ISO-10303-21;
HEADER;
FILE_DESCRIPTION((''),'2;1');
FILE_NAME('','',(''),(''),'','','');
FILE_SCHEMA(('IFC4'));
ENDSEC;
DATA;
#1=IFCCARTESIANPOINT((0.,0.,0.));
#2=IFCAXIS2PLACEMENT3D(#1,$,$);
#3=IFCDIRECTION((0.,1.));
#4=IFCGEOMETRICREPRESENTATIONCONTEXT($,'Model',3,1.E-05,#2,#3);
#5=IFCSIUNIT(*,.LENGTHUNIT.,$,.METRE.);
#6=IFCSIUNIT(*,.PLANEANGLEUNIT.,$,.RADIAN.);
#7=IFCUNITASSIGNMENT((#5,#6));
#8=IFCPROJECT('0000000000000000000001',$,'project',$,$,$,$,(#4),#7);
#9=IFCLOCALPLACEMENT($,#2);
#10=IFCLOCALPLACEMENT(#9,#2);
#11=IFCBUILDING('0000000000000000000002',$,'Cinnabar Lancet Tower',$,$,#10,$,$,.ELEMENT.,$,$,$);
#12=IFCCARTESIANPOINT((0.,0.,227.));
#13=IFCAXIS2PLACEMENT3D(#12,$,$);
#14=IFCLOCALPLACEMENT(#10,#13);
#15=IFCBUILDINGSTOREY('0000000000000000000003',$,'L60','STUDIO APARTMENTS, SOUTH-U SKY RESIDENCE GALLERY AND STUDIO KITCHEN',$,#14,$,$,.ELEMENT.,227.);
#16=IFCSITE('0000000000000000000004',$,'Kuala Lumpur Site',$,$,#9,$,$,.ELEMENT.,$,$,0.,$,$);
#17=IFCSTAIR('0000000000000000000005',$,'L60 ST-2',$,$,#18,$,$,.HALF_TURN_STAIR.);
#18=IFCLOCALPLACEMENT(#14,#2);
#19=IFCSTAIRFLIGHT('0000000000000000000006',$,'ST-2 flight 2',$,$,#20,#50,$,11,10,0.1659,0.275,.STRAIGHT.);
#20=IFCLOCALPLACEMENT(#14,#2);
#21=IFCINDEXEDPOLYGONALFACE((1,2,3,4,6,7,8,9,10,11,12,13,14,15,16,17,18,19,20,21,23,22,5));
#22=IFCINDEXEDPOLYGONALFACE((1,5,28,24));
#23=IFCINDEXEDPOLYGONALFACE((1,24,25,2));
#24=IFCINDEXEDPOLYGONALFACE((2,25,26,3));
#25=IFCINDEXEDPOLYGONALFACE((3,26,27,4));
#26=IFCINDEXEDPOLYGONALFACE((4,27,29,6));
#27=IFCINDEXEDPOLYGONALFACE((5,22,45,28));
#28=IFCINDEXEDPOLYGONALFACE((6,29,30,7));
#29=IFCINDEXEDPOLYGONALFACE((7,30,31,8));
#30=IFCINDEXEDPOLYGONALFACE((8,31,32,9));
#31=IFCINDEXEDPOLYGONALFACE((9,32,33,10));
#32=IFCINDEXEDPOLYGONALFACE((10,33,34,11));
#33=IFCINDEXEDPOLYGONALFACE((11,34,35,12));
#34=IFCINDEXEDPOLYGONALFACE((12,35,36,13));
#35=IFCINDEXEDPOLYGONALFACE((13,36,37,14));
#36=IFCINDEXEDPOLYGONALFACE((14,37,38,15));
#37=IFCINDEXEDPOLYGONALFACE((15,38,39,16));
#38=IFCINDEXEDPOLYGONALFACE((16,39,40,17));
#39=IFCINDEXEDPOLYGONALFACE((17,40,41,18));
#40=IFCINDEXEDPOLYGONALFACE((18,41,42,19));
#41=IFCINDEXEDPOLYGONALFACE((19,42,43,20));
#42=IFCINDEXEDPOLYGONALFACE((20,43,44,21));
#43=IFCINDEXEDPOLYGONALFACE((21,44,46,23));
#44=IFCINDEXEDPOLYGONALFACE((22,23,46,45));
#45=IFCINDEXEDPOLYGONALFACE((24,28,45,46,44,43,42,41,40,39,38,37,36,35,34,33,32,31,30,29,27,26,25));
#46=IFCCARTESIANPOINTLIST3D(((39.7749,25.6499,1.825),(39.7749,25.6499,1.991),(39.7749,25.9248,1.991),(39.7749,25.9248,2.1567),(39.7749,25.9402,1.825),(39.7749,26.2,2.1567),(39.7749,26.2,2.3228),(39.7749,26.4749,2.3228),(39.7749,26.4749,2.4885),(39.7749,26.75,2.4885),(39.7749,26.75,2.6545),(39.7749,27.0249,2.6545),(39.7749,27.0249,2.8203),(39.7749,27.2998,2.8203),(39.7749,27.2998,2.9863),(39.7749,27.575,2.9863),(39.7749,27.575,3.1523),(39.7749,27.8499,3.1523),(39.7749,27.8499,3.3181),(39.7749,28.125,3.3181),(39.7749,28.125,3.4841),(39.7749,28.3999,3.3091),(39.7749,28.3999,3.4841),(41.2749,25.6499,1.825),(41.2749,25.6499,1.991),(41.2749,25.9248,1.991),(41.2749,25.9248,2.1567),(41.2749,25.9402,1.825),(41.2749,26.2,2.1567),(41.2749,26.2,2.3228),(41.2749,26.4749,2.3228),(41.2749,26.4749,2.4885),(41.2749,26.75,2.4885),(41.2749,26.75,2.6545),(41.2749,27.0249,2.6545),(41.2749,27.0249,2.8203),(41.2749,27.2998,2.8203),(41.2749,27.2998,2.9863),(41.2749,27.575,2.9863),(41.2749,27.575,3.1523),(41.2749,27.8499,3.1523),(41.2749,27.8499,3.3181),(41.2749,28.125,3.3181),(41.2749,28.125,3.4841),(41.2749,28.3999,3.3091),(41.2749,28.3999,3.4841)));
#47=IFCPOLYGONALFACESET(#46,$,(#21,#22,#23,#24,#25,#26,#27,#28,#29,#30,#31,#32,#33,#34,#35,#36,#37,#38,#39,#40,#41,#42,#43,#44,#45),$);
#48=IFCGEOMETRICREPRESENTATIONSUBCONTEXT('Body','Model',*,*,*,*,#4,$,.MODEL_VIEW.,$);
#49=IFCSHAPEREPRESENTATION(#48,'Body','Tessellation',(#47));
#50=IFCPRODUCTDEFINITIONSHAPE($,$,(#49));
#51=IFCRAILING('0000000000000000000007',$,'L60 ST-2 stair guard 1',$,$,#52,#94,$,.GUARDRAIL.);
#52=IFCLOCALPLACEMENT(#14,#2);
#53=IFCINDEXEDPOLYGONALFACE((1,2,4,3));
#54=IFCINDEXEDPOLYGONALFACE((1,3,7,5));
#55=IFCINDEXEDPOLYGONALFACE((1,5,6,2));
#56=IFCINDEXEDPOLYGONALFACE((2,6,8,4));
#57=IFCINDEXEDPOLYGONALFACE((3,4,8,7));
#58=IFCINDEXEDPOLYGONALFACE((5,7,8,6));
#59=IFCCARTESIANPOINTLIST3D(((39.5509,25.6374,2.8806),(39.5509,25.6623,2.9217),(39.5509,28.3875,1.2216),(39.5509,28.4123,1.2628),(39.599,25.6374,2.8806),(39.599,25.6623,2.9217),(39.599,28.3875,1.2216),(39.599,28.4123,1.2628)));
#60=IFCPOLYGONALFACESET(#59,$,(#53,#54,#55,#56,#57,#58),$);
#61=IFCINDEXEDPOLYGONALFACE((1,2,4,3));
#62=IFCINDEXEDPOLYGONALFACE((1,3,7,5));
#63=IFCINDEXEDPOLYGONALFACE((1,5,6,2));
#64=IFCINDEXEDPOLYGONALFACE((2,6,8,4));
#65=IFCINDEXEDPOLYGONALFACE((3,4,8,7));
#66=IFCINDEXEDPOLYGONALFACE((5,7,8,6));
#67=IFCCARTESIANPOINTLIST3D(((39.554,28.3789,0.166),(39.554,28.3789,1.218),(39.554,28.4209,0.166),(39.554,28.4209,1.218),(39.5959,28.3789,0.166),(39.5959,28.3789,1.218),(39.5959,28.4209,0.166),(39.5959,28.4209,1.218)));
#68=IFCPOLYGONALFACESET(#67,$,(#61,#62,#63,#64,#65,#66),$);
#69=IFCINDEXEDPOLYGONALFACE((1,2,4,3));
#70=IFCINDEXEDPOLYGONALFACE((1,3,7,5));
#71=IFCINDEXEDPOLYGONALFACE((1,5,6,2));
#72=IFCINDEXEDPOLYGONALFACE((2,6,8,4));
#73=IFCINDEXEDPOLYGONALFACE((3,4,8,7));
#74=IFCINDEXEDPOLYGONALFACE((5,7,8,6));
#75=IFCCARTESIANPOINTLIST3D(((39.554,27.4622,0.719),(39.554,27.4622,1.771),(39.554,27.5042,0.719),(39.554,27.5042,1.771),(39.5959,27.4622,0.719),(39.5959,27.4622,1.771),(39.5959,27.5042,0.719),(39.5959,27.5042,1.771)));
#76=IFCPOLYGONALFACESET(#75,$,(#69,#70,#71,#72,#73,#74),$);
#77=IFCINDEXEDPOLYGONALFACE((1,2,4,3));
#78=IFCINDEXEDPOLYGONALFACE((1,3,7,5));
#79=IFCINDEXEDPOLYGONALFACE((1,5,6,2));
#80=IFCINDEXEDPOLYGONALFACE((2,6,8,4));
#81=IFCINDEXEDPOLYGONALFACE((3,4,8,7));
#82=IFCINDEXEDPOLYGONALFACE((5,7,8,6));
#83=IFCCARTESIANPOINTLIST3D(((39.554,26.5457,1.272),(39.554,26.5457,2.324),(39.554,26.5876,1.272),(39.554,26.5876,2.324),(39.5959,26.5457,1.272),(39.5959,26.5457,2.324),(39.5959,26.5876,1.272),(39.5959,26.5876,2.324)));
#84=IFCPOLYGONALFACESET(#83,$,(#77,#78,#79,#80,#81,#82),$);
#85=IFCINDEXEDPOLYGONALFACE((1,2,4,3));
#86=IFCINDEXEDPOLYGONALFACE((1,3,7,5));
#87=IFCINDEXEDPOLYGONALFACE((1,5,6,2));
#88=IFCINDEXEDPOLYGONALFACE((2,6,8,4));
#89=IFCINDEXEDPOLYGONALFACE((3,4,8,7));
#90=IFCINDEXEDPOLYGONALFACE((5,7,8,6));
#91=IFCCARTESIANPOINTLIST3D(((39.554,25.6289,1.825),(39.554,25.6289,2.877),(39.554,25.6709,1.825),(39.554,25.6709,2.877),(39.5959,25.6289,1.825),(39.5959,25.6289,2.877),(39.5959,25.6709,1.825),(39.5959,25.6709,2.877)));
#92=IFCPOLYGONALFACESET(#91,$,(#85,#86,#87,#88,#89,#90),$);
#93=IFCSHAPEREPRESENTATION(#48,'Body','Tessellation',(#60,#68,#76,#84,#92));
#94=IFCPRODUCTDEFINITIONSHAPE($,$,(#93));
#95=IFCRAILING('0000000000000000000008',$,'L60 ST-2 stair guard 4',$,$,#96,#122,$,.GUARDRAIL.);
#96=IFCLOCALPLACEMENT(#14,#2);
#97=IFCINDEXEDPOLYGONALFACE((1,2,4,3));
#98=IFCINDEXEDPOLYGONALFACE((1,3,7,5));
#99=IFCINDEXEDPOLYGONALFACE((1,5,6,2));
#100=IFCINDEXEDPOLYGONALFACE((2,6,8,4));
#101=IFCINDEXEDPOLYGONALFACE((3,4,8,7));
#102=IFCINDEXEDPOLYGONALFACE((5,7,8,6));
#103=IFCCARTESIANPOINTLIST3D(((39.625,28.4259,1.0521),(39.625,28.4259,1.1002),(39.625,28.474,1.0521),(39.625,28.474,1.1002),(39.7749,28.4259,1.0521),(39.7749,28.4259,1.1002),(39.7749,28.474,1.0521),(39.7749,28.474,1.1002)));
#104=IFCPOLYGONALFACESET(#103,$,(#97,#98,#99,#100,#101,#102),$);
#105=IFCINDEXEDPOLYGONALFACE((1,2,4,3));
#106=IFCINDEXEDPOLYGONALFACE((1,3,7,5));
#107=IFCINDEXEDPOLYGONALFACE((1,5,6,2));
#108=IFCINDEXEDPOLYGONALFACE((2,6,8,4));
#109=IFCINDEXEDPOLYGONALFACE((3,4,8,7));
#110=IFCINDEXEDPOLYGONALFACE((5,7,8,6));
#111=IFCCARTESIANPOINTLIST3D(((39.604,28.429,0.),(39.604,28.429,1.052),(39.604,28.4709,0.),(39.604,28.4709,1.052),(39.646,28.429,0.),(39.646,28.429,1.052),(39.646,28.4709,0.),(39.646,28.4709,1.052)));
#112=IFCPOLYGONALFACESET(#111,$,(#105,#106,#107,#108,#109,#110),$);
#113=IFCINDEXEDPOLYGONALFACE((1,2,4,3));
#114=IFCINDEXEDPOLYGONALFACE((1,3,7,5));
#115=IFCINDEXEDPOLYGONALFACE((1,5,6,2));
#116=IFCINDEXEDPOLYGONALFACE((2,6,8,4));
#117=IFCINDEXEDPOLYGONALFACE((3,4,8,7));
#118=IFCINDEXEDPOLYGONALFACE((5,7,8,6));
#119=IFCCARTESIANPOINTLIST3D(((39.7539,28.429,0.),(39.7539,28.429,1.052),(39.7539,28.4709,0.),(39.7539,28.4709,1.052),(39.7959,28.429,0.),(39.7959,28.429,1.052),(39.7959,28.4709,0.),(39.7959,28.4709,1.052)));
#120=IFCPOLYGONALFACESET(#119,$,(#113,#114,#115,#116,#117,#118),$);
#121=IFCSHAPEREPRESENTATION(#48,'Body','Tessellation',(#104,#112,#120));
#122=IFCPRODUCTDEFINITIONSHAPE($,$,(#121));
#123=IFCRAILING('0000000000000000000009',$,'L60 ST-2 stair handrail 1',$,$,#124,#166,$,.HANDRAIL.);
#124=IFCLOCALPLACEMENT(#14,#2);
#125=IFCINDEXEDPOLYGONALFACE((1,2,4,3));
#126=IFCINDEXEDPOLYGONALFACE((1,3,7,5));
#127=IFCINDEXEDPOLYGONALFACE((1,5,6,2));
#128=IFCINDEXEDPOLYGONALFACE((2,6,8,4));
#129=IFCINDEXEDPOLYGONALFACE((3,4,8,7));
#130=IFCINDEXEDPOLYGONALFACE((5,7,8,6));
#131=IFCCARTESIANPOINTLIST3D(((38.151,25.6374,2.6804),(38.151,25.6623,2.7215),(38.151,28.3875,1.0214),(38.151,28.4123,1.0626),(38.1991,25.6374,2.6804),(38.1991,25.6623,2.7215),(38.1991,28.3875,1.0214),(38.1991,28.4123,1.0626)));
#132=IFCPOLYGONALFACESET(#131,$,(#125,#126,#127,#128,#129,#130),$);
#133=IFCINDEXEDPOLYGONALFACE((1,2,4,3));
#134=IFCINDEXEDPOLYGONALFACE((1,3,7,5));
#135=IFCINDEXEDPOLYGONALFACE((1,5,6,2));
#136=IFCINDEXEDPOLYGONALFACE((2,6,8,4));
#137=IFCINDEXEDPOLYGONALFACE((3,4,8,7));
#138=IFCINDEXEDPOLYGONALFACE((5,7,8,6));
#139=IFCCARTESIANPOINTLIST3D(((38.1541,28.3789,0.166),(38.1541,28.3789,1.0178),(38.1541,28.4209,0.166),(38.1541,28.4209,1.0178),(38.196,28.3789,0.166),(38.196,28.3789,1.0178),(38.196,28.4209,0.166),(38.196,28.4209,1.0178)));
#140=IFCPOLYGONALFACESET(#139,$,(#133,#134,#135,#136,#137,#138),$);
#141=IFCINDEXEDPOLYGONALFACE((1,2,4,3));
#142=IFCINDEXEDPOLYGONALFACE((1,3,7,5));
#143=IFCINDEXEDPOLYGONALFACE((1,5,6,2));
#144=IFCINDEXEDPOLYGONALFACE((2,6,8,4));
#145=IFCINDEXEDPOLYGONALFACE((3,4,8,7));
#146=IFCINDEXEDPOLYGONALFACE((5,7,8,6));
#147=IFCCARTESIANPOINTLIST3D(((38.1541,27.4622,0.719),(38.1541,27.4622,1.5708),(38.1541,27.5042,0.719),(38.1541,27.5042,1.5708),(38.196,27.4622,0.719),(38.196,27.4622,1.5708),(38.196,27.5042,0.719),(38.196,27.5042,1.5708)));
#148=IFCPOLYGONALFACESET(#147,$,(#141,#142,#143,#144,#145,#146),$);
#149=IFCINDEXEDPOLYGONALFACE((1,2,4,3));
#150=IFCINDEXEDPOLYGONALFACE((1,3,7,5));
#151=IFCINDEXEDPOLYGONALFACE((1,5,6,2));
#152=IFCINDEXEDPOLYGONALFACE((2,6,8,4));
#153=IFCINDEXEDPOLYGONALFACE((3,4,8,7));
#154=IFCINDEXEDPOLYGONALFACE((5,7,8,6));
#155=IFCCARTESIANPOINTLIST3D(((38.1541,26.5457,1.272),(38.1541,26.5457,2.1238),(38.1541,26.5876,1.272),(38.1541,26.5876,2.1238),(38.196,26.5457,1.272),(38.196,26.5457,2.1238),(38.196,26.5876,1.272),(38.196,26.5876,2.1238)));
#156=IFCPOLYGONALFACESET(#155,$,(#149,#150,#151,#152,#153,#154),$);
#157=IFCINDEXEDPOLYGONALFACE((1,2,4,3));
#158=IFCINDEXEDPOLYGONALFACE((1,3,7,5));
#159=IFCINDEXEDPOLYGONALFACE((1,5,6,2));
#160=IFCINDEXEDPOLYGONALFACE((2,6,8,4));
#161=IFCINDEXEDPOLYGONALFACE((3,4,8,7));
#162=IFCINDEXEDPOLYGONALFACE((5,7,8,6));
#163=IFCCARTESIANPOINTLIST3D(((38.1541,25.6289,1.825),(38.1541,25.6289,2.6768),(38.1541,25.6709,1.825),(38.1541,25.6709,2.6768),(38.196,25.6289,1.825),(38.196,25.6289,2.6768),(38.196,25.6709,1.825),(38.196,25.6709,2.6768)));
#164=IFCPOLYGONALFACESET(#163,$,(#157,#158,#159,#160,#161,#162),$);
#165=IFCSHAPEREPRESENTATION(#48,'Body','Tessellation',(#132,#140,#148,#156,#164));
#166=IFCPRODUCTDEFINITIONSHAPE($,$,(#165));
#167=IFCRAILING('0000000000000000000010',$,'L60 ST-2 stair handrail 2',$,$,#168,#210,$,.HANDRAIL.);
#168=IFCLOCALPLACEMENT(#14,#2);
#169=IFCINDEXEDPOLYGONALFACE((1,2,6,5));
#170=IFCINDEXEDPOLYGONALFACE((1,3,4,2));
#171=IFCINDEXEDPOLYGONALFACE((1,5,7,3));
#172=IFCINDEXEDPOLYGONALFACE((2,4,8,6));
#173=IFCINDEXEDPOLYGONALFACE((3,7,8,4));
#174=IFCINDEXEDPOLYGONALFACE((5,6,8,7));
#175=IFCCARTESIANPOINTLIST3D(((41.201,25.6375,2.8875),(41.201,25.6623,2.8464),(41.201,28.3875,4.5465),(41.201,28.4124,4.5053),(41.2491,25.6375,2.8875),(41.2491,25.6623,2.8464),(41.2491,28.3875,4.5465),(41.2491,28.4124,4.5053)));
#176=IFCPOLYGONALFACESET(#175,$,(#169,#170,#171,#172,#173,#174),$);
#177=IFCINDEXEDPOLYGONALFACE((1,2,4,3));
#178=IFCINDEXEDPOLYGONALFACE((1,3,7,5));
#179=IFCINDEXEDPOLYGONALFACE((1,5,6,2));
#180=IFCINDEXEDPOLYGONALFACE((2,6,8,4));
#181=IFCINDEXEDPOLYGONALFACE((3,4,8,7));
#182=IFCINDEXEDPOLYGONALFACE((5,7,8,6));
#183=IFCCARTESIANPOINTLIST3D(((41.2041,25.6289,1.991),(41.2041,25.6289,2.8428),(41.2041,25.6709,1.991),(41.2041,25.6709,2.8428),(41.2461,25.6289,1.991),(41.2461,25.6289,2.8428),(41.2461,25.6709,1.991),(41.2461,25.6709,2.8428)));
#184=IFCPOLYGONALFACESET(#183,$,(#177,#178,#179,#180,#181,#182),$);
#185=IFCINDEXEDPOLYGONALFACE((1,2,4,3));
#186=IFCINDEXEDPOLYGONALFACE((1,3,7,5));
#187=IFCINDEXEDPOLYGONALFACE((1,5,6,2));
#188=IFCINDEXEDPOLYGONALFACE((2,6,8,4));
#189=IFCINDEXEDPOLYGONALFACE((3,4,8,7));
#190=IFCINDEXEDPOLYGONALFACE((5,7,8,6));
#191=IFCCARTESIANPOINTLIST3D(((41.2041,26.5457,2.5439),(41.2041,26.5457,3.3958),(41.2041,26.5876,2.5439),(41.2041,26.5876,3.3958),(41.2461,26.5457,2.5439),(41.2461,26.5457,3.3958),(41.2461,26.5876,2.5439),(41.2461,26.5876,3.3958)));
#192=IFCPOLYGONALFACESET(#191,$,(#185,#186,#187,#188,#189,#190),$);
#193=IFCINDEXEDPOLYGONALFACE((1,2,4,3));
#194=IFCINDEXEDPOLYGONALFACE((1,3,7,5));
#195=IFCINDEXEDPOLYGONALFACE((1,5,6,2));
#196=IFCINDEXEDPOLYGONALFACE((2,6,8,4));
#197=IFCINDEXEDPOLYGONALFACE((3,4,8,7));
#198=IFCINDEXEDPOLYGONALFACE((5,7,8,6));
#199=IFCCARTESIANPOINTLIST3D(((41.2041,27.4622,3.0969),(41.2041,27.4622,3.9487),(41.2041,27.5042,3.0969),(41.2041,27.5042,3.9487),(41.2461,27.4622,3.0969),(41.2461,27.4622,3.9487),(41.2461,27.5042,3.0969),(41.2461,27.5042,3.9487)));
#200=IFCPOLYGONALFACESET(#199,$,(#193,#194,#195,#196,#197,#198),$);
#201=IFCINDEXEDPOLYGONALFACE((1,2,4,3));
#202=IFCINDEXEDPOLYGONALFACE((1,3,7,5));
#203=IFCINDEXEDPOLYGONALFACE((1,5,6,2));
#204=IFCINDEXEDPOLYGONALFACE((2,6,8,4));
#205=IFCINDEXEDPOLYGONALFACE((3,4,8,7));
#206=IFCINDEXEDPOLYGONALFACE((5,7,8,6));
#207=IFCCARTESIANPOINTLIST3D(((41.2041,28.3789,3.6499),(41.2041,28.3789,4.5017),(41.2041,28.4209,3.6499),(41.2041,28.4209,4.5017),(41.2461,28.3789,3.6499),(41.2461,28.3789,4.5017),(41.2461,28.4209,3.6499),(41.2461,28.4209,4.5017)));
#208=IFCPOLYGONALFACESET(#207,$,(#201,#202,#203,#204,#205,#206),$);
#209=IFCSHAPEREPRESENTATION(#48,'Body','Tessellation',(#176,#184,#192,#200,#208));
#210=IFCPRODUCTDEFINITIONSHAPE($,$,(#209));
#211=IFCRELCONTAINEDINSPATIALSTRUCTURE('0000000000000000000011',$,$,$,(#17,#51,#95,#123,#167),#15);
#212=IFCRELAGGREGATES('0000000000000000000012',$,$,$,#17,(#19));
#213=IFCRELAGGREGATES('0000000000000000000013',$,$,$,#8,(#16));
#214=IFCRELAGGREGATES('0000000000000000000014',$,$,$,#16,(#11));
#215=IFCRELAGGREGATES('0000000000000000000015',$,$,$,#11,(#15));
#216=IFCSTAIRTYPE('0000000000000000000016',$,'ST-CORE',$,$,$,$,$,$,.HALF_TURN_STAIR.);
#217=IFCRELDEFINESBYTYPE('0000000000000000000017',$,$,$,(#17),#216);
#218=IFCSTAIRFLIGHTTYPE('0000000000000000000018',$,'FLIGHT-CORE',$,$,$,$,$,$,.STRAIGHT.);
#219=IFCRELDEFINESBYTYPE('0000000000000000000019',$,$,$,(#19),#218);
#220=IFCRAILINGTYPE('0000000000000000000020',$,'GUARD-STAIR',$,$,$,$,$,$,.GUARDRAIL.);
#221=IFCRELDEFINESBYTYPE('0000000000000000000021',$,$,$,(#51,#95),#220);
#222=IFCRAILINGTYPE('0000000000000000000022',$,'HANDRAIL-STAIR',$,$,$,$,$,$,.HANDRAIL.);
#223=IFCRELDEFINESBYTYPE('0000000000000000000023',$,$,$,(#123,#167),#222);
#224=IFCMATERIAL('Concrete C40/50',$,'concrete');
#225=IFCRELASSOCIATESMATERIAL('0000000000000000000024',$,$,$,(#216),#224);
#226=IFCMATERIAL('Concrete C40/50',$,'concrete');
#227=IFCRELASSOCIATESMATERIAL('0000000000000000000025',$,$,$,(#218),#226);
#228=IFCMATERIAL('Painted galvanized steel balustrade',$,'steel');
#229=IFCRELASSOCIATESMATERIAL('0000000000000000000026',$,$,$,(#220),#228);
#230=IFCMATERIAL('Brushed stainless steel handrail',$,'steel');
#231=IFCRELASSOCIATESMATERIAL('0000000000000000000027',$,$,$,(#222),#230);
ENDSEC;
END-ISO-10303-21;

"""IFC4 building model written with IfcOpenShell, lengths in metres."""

from ifc_helpers import new_model, si_unit, direction, frame, origin, origin_2d, place, context, subcontext, project, spatial, polyline, rectangle, outline, extrude, material, type_object, element, aggregate, save


model = new_model("IFC4")

# Units and contexts
model_context = context("Model", 3, precision=1e-05, world=origin(), true_north=direction((0.0, 1.0)))
body_context = subcontext(model_context, "Body", "Model", "MODEL_VIEW")
ifc_project = project(units=[si_unit("LENGTHUNIT", "METRE"), si_unit("PLANEANGLEUNIT", "RADIAN")], contexts=[model_context])

# Site, building, storey
site_placement = place(None, origin())
site = spatial("IfcSite", under=ifc_project, at=site_placement, Name="Kuala Lumpur Site", CompositionType="ELEMENT", RefElevation=0.0)
building_placement = place(site_placement, origin())
building = spatial("IfcBuilding", under=site, at=building_placement, Name="Cinnabar Lancet Tower", CompositionType="ELEMENT")
storey_placement = place(building_placement, frame((0.0, 0.0, 227.0)))
storey = spatial("IfcBuildingStorey", under=building, at=storey_placement, Name="L60", Description="STUDIO APARTMENTS, SOUTH-U SKY RESIDENCE GALLERY AND STUDIO KITCHEN", CompositionType="ELEMENT", Elevation=227.0)

# Stair, stair flight
ifc_material_1 = material(Name="Concrete C40/50", Category="concrete")
stair_type = type_object("IfcStairType", Name="ST-CORE", PredefinedType="HALF_TURN_STAIR", material=ifc_material_1)
stair_placement = place(storey_placement, origin())
stair = element("IfcStair", 1, at=stair_placement, inside=storey, type_object=stair_type, Name="L60 ST-2", PredefinedType="HALF_TURN_STAIR")
ifc_material_2 = material(Name="Concrete C40/50", Category="concrete")
stair_flight_type = type_object("IfcStairFlightType", Name="FLIGHT-CORE", PredefinedType="STRAIGHT", material=ifc_material_2)
stair_flight_1_placement = place(storey_placement, frame((40.5249, 25.6499, 1.825), z_axis=(0.0, 0.0, 1.0), x_axis=(0.0, 1.0, 0.0)))
stair_flight_1 = element("IfcStairFlight", 2, at=stair_flight_1_placement, type_object=stair_flight_type, Name="ST-2 flight 2", NumberOfRisers=11, NumberOfTreads=10, PredefinedType="STRAIGHT", RiserHeight=0.1659, TreadLength=0.275, context=body_context, shape_type="SweptSolid", body=[
    extrude(outline(polyline([(0.0, 0.0), (0.0, 0.166), (0.2749, 0.166), (0.2749, 0.3318), (0.55, 0.3318), (0.55, 0.4978), (0.825, 0.4978), (0.825, 0.6636), (1.1001, 0.6636), (1.1001, 0.8296), (1.375, 0.8296), (1.375, 0.9954), (1.6499, 0.9954), (1.6499, 1.1614), (1.925, 1.1614), (1.925, 1.3274), (2.2, 1.3274), (2.2, 1.4932), (2.4751, 1.4932), (2.4751, 1.6592), (2.75, 1.6592), (2.75, 1.825), (2.75, 1.4841), (0.2903, 0.0), (0.0, 0.0)])), frame((0.0, 0.75, 0.0), z_axis=(0.0, -1.0, 0.0), x_axis=(1.0, 0.0, 0.0)), (0.0, 0.0, 1.0), 1.5),
])
aggregate(stair, [stair_flight_1])

# Railings
ifc_material_3 = material(Name="Painted galvanized steel balustrade", Category="steel")
railing_type_1 = type_object("IfcRailingType", Name="GUARD-STAIR", PredefinedType="GUARDRAIL", material=ifc_material_3)
railing_1_placement = place(storey_placement, frame((39.575, 28.3999, 0.166)))
element("IfcRailing", 3, at=railing_1_placement, inside=storey, type_object=railing_type_1, Name="L60 ST-2 stair guard 1", PredefinedType="GUARDRAIL", context=body_context, shape_type="SweptSolid", body=[
    extrude(rectangle(XDim=0.0481, YDim=0.0481, at=origin_2d()), frame((0.0, 0.0, 1.0762), z_axis=(0.0, -0.856263, 0.51654), x_axis=(1.0, 0.0, 0.0)), (0.0, 0.0, 1.0), 3.2117),
    extrude(rectangle(XDim=0.042, YDim=0.042, at=origin_2d()), origin(), (0.0, 0.0, 1.0), 1.052),
    extrude(rectangle(XDim=0.042, YDim=0.042, at=origin_2d()), frame((0.0, -0.9167, 0.553)), (0.0, 0.0, 1.0), 1.052),
    extrude(rectangle(XDim=0.042, YDim=0.042, at=origin_2d()), frame((0.0, -1.8333, 1.106)), (0.0, 0.0, 1.0), 1.052),
    extrude(rectangle(XDim=0.042, YDim=0.042, at=origin_2d()), frame((0.0, -2.75, 1.6589)), (0.0, 0.0, 1.0), 1.052),
])
railing_2_placement = place(storey_placement, frame((39.625, 28.45, 0.0)))
element("IfcRailing", 4, at=railing_2_placement, inside=storey, type_object=railing_type_1, Name="L60 ST-2 stair guard 4", PredefinedType="GUARDRAIL", context=body_context, shape_type="SweptSolid", body=[
    extrude(rectangle(XDim=0.0481, YDim=0.0481, at=origin_2d()), frame((0.0, 0.0, 1.0762), z_axis=(1.0, 0.0, 0.0), x_axis=(0.0, 1.0, 0.0)), (0.0, 0.0, 1.0), 0.1499),
    extrude(rectangle(XDim=0.042, YDim=0.042, at=origin_2d()), origin(), (0.0, 0.0, 1.0), 1.052),
    extrude(rectangle(XDim=0.042, YDim=0.042, at=origin_2d()), frame((0.1499, 0.0, 0.0)), (0.0, 0.0, 1.0), 1.052),
])
ifc_material_4 = material(Name="Brushed stainless steel handrail", Category="steel")
railing_type_2 = type_object("IfcRailingType", Name="HANDRAIL-STAIR", PredefinedType="HANDRAIL", material=ifc_material_4)
railing_3_placement = place(storey_placement, frame((38.175, 28.3999, 0.166)))
element("IfcRailing", 5, at=railing_3_placement, inside=storey, type_object=railing_type_2, Name="L60 ST-2 stair handrail 1", PredefinedType="HANDRAIL", context=body_context, shape_type="SweptSolid", body=[
    extrude(rectangle(XDim=0.0481, YDim=0.0481, at=origin_2d()), frame((0.0, 0.0, 0.876), z_axis=(0.0, -0.856263, 0.51654), x_axis=(1.0, 0.0, 0.0)), (0.0, 0.0, 1.0), 3.2117),
    extrude(rectangle(XDim=0.042, YDim=0.042, at=origin_2d()), origin(), (0.0, 0.0, 1.0), 0.8518),
    extrude(rectangle(XDim=0.042, YDim=0.042, at=origin_2d()), frame((0.0, -0.9167, 0.553)), (0.0, 0.0, 1.0), 0.8518),
    extrude(rectangle(XDim=0.042, YDim=0.042, at=origin_2d()), frame((0.0, -1.8333, 1.106)), (0.0, 0.0, 1.0), 0.8518),
    extrude(rectangle(XDim=0.042, YDim=0.042, at=origin_2d()), frame((0.0, -2.75, 1.6589)), (0.0, 0.0, 1.0), 0.8518),
])
railing_4_placement = place(storey_placement, frame((41.2251, 25.6499, 1.991)))
element("IfcRailing", 6, at=railing_4_placement, inside=storey, type_object=railing_type_2, Name="L60 ST-2 stair handrail 2", PredefinedType="HANDRAIL", context=body_context, shape_type="SweptSolid", body=[
    extrude(rectangle(XDim=0.0481, YDim=0.0481, at=origin_2d()), frame((0.0, 0.0, 0.876), z_axis=(0.0, 0.856263, 0.51654), x_axis=(-1.0, 0.0, 0.0)), (0.0, 0.0, 1.0), 3.2117),
    extrude(rectangle(XDim=0.042, YDim=0.042, at=origin_2d()), origin(), (0.0, 0.0, 1.0), 0.8518),
    extrude(rectangle(XDim=0.042, YDim=0.042, at=origin_2d()), frame((0.0, 0.9167, 0.553)), (0.0, 0.0, 1.0), 0.8518),
    extrude(rectangle(XDim=0.042, YDim=0.042, at=origin_2d()), frame((0.0, 1.8333, 1.106)), (0.0, 0.0, 1.0), 0.8518),
    extrude(rectangle(XDim=0.042, YDim=0.042, at=origin_2d()), frame((0.0, 2.75, 1.6589)), (0.0, 0.0, 1.0), 0.8518),
])

save(model, "model.ifc")
